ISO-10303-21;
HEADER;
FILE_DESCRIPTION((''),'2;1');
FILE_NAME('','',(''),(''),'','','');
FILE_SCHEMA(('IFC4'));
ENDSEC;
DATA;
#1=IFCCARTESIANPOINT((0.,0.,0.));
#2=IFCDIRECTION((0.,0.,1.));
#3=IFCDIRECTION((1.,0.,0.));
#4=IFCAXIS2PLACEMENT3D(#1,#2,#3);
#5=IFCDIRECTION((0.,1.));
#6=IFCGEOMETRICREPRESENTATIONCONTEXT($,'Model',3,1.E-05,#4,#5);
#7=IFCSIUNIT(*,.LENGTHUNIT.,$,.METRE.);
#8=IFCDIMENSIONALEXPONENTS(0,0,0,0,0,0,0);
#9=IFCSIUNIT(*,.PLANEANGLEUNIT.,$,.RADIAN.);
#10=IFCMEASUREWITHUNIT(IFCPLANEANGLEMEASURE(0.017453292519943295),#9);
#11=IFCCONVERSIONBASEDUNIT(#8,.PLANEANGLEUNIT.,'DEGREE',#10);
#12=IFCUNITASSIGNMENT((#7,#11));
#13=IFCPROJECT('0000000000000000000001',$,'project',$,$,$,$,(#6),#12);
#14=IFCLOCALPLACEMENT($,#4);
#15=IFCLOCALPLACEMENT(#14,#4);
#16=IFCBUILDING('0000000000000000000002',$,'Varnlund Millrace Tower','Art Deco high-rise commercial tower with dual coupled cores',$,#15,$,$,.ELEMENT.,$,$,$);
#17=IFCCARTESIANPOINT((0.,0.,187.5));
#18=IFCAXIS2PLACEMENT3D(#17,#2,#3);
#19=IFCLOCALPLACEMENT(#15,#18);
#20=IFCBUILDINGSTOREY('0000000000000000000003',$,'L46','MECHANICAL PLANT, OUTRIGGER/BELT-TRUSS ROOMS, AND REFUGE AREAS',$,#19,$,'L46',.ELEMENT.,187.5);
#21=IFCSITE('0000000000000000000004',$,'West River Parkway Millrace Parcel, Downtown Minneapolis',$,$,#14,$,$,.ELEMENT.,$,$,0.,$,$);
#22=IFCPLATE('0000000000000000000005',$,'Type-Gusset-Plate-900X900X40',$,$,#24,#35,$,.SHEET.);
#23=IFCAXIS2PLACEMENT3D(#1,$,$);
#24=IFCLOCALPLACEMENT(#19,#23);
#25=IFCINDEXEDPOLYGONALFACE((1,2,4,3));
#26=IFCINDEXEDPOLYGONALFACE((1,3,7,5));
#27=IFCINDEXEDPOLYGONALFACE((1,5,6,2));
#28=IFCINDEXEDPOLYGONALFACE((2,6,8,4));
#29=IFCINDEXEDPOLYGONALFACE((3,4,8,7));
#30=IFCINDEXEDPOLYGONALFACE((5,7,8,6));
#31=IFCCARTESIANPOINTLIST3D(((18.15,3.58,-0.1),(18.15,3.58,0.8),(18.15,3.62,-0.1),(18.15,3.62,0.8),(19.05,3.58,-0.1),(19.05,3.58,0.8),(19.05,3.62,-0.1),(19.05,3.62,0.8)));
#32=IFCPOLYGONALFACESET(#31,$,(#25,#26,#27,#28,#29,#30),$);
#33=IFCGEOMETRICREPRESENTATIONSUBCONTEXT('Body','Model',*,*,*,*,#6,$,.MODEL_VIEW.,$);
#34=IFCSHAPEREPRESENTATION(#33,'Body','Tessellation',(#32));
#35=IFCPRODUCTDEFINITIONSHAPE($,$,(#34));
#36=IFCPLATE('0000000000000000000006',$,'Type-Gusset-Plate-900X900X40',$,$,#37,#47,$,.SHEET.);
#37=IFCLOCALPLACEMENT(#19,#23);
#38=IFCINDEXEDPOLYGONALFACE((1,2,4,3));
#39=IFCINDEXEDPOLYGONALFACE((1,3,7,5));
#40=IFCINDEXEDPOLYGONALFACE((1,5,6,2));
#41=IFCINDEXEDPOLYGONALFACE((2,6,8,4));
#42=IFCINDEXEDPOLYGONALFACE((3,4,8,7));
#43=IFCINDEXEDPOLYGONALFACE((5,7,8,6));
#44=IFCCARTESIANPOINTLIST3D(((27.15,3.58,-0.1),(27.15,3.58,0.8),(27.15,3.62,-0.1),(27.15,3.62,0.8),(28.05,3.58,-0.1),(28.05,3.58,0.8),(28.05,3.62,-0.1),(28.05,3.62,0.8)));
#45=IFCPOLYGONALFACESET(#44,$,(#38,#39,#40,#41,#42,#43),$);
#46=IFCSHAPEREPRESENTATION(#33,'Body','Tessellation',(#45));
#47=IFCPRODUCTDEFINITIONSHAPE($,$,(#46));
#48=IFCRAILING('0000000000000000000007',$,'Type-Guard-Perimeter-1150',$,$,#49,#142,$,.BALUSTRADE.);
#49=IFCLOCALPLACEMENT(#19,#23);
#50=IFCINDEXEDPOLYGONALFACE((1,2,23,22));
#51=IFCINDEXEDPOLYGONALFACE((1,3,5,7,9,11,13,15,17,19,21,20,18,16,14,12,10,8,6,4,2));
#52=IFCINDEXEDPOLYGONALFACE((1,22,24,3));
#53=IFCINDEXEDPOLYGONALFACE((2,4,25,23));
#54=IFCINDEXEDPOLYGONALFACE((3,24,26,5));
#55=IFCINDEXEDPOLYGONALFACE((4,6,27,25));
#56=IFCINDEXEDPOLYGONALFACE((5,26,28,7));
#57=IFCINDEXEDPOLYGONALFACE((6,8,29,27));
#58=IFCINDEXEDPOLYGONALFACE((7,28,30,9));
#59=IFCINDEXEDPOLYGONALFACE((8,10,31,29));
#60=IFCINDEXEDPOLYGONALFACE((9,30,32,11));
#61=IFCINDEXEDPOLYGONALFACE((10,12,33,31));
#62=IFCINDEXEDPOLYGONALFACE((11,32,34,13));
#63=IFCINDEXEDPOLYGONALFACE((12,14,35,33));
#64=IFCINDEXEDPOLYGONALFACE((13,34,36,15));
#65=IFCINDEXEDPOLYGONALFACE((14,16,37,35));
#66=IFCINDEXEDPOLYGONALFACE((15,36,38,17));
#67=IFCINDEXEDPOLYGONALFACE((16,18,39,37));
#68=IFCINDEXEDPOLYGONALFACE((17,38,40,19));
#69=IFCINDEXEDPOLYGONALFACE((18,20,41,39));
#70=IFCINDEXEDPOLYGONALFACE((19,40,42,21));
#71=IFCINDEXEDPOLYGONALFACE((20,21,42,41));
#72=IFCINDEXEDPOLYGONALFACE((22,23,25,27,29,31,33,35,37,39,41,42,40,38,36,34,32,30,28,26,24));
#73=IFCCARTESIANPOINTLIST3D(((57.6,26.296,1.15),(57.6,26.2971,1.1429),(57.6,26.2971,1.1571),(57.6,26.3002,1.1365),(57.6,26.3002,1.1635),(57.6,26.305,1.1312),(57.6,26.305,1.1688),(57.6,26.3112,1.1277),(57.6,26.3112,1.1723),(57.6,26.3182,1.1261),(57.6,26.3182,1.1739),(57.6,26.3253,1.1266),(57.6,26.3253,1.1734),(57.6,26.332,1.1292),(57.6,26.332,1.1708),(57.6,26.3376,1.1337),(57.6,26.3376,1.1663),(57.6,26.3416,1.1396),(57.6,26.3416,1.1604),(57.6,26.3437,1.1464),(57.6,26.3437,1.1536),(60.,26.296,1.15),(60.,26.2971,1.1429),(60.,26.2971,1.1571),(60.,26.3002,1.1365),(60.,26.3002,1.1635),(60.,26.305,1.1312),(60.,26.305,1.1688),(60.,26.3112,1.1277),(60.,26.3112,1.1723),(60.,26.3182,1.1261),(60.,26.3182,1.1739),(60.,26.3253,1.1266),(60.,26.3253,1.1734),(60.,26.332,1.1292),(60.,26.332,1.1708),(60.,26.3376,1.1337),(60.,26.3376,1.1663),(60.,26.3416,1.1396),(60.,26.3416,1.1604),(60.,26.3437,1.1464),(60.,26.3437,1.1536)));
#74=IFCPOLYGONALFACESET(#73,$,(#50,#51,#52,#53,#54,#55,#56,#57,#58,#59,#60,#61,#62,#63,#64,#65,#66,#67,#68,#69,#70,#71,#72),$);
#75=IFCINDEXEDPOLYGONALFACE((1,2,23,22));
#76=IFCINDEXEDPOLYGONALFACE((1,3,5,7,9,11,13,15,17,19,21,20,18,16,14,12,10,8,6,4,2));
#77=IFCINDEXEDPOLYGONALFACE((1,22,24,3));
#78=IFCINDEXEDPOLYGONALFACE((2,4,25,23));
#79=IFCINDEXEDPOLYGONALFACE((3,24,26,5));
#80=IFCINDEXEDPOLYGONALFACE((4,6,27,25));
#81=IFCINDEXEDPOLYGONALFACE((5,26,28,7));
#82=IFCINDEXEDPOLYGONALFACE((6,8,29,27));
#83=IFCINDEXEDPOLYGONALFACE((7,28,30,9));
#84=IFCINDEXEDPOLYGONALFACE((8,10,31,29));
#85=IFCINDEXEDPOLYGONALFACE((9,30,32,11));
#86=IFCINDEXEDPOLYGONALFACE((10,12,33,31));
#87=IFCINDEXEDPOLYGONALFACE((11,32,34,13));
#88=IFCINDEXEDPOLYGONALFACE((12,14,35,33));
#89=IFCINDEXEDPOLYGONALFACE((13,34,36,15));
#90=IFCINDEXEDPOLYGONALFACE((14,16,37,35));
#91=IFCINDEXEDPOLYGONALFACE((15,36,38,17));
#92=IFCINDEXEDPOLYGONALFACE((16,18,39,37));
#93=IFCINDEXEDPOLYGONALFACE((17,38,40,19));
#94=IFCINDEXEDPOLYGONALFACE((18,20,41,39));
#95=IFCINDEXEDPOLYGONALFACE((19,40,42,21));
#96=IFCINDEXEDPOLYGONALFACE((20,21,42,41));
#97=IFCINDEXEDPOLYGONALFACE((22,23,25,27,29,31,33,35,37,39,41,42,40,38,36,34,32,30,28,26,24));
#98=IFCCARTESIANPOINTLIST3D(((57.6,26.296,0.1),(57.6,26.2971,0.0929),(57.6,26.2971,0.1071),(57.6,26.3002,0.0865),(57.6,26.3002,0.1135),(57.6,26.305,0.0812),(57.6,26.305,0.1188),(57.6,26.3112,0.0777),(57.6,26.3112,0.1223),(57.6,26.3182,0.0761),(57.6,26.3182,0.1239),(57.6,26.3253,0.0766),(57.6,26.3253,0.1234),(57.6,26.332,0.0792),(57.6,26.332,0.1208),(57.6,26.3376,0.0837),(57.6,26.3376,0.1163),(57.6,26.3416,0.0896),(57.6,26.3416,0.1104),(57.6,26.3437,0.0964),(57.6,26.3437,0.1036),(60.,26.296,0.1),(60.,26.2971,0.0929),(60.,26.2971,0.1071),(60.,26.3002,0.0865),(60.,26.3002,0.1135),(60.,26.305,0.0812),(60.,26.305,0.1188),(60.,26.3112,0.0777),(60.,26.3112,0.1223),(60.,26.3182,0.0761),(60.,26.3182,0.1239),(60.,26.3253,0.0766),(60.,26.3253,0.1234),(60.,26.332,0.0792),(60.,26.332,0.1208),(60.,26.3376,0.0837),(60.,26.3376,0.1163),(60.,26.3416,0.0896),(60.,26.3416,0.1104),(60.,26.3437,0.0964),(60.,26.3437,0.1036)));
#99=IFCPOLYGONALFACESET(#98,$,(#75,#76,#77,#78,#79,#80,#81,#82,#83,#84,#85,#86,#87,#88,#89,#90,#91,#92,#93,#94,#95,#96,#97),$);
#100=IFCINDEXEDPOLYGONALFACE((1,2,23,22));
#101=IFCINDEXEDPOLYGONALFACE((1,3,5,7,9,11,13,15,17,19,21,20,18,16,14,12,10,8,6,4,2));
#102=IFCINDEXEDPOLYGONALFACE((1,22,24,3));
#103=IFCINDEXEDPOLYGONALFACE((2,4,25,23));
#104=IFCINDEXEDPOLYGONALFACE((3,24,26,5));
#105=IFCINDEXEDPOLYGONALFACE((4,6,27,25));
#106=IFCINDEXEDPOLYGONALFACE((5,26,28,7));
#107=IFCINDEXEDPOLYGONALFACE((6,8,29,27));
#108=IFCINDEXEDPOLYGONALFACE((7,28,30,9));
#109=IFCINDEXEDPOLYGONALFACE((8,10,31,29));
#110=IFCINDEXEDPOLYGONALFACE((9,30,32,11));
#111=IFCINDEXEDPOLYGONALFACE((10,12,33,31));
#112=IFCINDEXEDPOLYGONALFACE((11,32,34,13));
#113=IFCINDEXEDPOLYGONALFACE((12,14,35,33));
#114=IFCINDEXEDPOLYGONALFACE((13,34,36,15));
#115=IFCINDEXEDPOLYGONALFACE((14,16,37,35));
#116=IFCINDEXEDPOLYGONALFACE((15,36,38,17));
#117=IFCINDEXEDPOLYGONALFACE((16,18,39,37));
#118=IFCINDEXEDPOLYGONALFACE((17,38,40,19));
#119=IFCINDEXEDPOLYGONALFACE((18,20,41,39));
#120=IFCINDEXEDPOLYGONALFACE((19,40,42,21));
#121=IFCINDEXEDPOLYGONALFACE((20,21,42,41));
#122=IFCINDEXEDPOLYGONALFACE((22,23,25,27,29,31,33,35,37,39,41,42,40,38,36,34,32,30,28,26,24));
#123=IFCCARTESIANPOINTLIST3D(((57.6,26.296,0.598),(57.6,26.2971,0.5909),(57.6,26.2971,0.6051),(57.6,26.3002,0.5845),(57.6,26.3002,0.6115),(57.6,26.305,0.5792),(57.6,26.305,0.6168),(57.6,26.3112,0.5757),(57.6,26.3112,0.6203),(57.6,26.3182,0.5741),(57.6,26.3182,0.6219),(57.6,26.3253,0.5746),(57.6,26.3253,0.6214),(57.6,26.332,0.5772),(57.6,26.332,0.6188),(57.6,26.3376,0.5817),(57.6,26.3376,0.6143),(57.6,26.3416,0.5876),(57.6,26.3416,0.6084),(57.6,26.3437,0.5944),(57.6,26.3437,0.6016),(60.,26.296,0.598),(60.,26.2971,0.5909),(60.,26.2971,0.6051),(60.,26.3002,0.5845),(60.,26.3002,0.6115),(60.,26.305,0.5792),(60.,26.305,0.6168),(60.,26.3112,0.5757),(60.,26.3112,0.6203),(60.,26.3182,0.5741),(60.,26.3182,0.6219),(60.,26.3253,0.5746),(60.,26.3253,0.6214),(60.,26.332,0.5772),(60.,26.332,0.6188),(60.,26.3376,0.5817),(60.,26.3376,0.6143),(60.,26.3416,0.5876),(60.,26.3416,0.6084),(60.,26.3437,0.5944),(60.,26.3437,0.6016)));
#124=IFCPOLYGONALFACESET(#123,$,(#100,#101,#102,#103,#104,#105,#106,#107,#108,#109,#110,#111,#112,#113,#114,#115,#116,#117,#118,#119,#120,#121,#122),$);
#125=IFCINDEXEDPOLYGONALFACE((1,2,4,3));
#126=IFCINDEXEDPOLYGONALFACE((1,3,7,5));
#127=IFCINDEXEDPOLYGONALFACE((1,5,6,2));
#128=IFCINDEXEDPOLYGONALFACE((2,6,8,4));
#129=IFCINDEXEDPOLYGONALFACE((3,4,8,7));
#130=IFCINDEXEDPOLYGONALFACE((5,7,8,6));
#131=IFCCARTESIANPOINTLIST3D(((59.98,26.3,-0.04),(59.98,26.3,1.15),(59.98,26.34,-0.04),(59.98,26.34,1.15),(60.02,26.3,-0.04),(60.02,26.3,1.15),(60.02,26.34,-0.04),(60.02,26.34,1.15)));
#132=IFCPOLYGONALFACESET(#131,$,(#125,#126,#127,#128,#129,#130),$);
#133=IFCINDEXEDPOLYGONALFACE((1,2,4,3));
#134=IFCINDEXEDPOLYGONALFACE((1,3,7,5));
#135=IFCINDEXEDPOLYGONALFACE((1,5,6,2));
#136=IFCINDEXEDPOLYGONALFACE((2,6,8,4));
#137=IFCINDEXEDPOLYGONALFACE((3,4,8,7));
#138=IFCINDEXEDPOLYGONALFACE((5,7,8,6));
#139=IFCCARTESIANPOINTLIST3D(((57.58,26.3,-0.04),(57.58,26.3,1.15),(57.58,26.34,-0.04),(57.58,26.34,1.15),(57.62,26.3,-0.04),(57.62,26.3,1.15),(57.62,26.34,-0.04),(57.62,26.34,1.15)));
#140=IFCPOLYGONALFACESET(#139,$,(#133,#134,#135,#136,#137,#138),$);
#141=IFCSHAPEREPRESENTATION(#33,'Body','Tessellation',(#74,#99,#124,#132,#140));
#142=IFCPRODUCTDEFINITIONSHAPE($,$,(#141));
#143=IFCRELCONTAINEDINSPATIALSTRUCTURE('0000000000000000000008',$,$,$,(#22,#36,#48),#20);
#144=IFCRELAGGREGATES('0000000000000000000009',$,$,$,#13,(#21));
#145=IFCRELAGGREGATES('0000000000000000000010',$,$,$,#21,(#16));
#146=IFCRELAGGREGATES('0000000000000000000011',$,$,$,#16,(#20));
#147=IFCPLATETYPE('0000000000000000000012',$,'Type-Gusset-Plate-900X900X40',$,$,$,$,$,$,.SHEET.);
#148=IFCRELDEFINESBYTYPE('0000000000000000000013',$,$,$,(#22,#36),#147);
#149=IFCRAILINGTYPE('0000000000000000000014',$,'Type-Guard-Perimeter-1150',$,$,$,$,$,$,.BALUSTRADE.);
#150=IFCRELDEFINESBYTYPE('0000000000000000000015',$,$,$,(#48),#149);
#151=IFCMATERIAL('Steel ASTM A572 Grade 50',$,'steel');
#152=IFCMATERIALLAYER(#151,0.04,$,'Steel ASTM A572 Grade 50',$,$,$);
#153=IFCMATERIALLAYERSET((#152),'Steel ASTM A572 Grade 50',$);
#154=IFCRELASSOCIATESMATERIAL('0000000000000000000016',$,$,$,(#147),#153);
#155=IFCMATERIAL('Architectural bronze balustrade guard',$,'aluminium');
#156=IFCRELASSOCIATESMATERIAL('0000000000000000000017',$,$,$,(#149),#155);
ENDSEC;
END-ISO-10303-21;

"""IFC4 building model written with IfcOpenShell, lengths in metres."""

from ifc_helpers import new_model, entity, si_unit, converted_unit, direction, frame, origin_with_axes, origin_2d_with_axis, place, context, subcontext, project, spatial, rectangle, circle, extrude, material, layer, layer_set, type_object, element, save


model = new_model("IFC4")

# Units and contexts
model_context = context("Model", 3, precision=1e-05, world=origin_with_axes(), true_north=direction((0.0, 1.0)))
body_context = subcontext(model_context, "Body", "Model", "MODEL_VIEW")
ifc_project = project(units=[si_unit("LENGTHUNIT", "METRE"), converted_unit("PLANEANGLEUNIT", "DEGREE", entity("IfcPlaneAngleMeasure", 0.017453292519943295), si_unit("PLANEANGLEUNIT", "RADIAN"), dimensions=[0, 0, 0, 0, 0, 0, 0])], contexts=[model_context])

# Site, building, storey
site_placement = place(None, origin_with_axes())
site = spatial("IfcSite", under=ifc_project, at=site_placement, Name="West River Parkway Millrace Parcel, Downtown Minneapolis", CompositionType="ELEMENT", RefElevation=0.0)
building_placement = place(site_placement, origin_with_axes())
building = spatial("IfcBuilding", under=site, at=building_placement, Name="Varnlund Millrace Tower", Description="Art Deco high-rise commercial tower with dual coupled cores", CompositionType="ELEMENT")
storey_placement = place(building_placement, frame((0.0, 0.0, 187.5), z_axis=(0.0, 0.0, 1.0), x_axis=(1.0, 0.0, 0.0)))
storey = spatial("IfcBuildingStorey", under=building, at=storey_placement, Name="L46", Description="MECHANICAL PLANT, OUTRIGGER/BELT-TRUSS ROOMS, AND REFUGE AREAS", LongName="L46", CompositionType="ELEMENT", Elevation=187.5)

# Plates
ifc_material_1 = material(Name="Steel ASTM A572 Grade 50", Category="steel")
ifc_layer_1 = layer(ifc_material_1, 0.04, Name="Steel ASTM A572 Grade 50")
ifc_layer_set_1 = layer_set([ifc_layer_1], Name="Steel ASTM A572 Grade 50")
plate_type = type_object("IfcPlateType", Name="Type-Gusset-Plate-900X900X40", PredefinedType="SHEET", material=ifc_layer_set_1)
for number, where, z_axis, x_axis, name in (
    (1, (18.6, 3.6, -0.1), (0.0, 0.0, 1.0), (1.0, 0.0, 0.0), "Type-Gusset-Plate-900X900X40"),
    (2, (27.6, 3.6, -0.1), (0.0, 0.0, 1.0), (1.0, 0.0, 0.0), "Type-Gusset-Plate-900X900X40"),
):
    element("IfcPlate", number, at=place(storey_placement, frame(where, z_axis=z_axis, x_axis=x_axis)), inside=storey, type_object=plate_type, Name=name, PredefinedType="SHEET", context=body_context, shape_type="SweptSolid", body=[
        extrude(rectangle(XDim=0.9, YDim=0.04, at=origin_2d_with_axis()), origin_with_axes(), (0.0, 0.0, 1.0), 0.9),
    ])

# Railing
ifc_material_2 = material(Name="Architectural bronze balustrade guard", Category="aluminium")
railing_type = type_object("IfcRailingType", Name="Type-Guard-Perimeter-1150", PredefinedType="BALUSTRADE", material=ifc_material_2)
railing_1_placement = place(storey_placement, frame((0.0, 0.0, -187.5), z_axis=(0.0, 0.0, 1.0), x_axis=(1.0, 0.0, 0.0)))
element("IfcRailing", 3, at=railing_1_placement, inside=storey, type_object=railing_type, Name="Type-Guard-Perimeter-1150", PredefinedType="BALUSTRADE", context=body_context, shape_type="SweptSolid", body=[
    extrude(circle(Radius=0.024, at=origin_2d_with_axis()), frame((60.0, 26.32, 188.65), z_axis=(-1.0, 0.0, 0.0), x_axis=(0.0, -1.0, 0.0)), (0.0, 0.0, 1.0), 2.4),
    extrude(circle(Radius=0.024, at=origin_2d_with_axis()), frame((60.0, 26.32, 187.6), z_axis=(-1.0, 0.0, 0.0), x_axis=(0.0, -1.0, 0.0)), (0.0, 0.0, 1.0), 2.4),
    extrude(circle(Radius=0.024, at=origin_2d_with_axis()), frame((60.0, 26.32, 188.098), z_axis=(-1.0, 0.0, 0.0), x_axis=(0.0, -1.0, 0.0)), (0.0, 0.0, 1.0), 2.4),
    extrude(rectangle(XDim=0.04, YDim=0.04, at=origin_2d_with_axis()), frame((60.0, 26.32, 187.46), z_axis=(0.0, 0.0, 1.0), x_axis=(1.0, 0.0, 0.0)), (0.0, 0.0, 1.0), 1.19),
    extrude(rectangle(XDim=0.04, YDim=0.04, at=origin_2d_with_axis()), frame((57.6, 26.32, 187.46), z_axis=(0.0, 0.0, 1.0), x_axis=(1.0, 0.0, 0.0)), (0.0, 0.0, 1.0), 1.19),
])

save(model, "model.ifc")
